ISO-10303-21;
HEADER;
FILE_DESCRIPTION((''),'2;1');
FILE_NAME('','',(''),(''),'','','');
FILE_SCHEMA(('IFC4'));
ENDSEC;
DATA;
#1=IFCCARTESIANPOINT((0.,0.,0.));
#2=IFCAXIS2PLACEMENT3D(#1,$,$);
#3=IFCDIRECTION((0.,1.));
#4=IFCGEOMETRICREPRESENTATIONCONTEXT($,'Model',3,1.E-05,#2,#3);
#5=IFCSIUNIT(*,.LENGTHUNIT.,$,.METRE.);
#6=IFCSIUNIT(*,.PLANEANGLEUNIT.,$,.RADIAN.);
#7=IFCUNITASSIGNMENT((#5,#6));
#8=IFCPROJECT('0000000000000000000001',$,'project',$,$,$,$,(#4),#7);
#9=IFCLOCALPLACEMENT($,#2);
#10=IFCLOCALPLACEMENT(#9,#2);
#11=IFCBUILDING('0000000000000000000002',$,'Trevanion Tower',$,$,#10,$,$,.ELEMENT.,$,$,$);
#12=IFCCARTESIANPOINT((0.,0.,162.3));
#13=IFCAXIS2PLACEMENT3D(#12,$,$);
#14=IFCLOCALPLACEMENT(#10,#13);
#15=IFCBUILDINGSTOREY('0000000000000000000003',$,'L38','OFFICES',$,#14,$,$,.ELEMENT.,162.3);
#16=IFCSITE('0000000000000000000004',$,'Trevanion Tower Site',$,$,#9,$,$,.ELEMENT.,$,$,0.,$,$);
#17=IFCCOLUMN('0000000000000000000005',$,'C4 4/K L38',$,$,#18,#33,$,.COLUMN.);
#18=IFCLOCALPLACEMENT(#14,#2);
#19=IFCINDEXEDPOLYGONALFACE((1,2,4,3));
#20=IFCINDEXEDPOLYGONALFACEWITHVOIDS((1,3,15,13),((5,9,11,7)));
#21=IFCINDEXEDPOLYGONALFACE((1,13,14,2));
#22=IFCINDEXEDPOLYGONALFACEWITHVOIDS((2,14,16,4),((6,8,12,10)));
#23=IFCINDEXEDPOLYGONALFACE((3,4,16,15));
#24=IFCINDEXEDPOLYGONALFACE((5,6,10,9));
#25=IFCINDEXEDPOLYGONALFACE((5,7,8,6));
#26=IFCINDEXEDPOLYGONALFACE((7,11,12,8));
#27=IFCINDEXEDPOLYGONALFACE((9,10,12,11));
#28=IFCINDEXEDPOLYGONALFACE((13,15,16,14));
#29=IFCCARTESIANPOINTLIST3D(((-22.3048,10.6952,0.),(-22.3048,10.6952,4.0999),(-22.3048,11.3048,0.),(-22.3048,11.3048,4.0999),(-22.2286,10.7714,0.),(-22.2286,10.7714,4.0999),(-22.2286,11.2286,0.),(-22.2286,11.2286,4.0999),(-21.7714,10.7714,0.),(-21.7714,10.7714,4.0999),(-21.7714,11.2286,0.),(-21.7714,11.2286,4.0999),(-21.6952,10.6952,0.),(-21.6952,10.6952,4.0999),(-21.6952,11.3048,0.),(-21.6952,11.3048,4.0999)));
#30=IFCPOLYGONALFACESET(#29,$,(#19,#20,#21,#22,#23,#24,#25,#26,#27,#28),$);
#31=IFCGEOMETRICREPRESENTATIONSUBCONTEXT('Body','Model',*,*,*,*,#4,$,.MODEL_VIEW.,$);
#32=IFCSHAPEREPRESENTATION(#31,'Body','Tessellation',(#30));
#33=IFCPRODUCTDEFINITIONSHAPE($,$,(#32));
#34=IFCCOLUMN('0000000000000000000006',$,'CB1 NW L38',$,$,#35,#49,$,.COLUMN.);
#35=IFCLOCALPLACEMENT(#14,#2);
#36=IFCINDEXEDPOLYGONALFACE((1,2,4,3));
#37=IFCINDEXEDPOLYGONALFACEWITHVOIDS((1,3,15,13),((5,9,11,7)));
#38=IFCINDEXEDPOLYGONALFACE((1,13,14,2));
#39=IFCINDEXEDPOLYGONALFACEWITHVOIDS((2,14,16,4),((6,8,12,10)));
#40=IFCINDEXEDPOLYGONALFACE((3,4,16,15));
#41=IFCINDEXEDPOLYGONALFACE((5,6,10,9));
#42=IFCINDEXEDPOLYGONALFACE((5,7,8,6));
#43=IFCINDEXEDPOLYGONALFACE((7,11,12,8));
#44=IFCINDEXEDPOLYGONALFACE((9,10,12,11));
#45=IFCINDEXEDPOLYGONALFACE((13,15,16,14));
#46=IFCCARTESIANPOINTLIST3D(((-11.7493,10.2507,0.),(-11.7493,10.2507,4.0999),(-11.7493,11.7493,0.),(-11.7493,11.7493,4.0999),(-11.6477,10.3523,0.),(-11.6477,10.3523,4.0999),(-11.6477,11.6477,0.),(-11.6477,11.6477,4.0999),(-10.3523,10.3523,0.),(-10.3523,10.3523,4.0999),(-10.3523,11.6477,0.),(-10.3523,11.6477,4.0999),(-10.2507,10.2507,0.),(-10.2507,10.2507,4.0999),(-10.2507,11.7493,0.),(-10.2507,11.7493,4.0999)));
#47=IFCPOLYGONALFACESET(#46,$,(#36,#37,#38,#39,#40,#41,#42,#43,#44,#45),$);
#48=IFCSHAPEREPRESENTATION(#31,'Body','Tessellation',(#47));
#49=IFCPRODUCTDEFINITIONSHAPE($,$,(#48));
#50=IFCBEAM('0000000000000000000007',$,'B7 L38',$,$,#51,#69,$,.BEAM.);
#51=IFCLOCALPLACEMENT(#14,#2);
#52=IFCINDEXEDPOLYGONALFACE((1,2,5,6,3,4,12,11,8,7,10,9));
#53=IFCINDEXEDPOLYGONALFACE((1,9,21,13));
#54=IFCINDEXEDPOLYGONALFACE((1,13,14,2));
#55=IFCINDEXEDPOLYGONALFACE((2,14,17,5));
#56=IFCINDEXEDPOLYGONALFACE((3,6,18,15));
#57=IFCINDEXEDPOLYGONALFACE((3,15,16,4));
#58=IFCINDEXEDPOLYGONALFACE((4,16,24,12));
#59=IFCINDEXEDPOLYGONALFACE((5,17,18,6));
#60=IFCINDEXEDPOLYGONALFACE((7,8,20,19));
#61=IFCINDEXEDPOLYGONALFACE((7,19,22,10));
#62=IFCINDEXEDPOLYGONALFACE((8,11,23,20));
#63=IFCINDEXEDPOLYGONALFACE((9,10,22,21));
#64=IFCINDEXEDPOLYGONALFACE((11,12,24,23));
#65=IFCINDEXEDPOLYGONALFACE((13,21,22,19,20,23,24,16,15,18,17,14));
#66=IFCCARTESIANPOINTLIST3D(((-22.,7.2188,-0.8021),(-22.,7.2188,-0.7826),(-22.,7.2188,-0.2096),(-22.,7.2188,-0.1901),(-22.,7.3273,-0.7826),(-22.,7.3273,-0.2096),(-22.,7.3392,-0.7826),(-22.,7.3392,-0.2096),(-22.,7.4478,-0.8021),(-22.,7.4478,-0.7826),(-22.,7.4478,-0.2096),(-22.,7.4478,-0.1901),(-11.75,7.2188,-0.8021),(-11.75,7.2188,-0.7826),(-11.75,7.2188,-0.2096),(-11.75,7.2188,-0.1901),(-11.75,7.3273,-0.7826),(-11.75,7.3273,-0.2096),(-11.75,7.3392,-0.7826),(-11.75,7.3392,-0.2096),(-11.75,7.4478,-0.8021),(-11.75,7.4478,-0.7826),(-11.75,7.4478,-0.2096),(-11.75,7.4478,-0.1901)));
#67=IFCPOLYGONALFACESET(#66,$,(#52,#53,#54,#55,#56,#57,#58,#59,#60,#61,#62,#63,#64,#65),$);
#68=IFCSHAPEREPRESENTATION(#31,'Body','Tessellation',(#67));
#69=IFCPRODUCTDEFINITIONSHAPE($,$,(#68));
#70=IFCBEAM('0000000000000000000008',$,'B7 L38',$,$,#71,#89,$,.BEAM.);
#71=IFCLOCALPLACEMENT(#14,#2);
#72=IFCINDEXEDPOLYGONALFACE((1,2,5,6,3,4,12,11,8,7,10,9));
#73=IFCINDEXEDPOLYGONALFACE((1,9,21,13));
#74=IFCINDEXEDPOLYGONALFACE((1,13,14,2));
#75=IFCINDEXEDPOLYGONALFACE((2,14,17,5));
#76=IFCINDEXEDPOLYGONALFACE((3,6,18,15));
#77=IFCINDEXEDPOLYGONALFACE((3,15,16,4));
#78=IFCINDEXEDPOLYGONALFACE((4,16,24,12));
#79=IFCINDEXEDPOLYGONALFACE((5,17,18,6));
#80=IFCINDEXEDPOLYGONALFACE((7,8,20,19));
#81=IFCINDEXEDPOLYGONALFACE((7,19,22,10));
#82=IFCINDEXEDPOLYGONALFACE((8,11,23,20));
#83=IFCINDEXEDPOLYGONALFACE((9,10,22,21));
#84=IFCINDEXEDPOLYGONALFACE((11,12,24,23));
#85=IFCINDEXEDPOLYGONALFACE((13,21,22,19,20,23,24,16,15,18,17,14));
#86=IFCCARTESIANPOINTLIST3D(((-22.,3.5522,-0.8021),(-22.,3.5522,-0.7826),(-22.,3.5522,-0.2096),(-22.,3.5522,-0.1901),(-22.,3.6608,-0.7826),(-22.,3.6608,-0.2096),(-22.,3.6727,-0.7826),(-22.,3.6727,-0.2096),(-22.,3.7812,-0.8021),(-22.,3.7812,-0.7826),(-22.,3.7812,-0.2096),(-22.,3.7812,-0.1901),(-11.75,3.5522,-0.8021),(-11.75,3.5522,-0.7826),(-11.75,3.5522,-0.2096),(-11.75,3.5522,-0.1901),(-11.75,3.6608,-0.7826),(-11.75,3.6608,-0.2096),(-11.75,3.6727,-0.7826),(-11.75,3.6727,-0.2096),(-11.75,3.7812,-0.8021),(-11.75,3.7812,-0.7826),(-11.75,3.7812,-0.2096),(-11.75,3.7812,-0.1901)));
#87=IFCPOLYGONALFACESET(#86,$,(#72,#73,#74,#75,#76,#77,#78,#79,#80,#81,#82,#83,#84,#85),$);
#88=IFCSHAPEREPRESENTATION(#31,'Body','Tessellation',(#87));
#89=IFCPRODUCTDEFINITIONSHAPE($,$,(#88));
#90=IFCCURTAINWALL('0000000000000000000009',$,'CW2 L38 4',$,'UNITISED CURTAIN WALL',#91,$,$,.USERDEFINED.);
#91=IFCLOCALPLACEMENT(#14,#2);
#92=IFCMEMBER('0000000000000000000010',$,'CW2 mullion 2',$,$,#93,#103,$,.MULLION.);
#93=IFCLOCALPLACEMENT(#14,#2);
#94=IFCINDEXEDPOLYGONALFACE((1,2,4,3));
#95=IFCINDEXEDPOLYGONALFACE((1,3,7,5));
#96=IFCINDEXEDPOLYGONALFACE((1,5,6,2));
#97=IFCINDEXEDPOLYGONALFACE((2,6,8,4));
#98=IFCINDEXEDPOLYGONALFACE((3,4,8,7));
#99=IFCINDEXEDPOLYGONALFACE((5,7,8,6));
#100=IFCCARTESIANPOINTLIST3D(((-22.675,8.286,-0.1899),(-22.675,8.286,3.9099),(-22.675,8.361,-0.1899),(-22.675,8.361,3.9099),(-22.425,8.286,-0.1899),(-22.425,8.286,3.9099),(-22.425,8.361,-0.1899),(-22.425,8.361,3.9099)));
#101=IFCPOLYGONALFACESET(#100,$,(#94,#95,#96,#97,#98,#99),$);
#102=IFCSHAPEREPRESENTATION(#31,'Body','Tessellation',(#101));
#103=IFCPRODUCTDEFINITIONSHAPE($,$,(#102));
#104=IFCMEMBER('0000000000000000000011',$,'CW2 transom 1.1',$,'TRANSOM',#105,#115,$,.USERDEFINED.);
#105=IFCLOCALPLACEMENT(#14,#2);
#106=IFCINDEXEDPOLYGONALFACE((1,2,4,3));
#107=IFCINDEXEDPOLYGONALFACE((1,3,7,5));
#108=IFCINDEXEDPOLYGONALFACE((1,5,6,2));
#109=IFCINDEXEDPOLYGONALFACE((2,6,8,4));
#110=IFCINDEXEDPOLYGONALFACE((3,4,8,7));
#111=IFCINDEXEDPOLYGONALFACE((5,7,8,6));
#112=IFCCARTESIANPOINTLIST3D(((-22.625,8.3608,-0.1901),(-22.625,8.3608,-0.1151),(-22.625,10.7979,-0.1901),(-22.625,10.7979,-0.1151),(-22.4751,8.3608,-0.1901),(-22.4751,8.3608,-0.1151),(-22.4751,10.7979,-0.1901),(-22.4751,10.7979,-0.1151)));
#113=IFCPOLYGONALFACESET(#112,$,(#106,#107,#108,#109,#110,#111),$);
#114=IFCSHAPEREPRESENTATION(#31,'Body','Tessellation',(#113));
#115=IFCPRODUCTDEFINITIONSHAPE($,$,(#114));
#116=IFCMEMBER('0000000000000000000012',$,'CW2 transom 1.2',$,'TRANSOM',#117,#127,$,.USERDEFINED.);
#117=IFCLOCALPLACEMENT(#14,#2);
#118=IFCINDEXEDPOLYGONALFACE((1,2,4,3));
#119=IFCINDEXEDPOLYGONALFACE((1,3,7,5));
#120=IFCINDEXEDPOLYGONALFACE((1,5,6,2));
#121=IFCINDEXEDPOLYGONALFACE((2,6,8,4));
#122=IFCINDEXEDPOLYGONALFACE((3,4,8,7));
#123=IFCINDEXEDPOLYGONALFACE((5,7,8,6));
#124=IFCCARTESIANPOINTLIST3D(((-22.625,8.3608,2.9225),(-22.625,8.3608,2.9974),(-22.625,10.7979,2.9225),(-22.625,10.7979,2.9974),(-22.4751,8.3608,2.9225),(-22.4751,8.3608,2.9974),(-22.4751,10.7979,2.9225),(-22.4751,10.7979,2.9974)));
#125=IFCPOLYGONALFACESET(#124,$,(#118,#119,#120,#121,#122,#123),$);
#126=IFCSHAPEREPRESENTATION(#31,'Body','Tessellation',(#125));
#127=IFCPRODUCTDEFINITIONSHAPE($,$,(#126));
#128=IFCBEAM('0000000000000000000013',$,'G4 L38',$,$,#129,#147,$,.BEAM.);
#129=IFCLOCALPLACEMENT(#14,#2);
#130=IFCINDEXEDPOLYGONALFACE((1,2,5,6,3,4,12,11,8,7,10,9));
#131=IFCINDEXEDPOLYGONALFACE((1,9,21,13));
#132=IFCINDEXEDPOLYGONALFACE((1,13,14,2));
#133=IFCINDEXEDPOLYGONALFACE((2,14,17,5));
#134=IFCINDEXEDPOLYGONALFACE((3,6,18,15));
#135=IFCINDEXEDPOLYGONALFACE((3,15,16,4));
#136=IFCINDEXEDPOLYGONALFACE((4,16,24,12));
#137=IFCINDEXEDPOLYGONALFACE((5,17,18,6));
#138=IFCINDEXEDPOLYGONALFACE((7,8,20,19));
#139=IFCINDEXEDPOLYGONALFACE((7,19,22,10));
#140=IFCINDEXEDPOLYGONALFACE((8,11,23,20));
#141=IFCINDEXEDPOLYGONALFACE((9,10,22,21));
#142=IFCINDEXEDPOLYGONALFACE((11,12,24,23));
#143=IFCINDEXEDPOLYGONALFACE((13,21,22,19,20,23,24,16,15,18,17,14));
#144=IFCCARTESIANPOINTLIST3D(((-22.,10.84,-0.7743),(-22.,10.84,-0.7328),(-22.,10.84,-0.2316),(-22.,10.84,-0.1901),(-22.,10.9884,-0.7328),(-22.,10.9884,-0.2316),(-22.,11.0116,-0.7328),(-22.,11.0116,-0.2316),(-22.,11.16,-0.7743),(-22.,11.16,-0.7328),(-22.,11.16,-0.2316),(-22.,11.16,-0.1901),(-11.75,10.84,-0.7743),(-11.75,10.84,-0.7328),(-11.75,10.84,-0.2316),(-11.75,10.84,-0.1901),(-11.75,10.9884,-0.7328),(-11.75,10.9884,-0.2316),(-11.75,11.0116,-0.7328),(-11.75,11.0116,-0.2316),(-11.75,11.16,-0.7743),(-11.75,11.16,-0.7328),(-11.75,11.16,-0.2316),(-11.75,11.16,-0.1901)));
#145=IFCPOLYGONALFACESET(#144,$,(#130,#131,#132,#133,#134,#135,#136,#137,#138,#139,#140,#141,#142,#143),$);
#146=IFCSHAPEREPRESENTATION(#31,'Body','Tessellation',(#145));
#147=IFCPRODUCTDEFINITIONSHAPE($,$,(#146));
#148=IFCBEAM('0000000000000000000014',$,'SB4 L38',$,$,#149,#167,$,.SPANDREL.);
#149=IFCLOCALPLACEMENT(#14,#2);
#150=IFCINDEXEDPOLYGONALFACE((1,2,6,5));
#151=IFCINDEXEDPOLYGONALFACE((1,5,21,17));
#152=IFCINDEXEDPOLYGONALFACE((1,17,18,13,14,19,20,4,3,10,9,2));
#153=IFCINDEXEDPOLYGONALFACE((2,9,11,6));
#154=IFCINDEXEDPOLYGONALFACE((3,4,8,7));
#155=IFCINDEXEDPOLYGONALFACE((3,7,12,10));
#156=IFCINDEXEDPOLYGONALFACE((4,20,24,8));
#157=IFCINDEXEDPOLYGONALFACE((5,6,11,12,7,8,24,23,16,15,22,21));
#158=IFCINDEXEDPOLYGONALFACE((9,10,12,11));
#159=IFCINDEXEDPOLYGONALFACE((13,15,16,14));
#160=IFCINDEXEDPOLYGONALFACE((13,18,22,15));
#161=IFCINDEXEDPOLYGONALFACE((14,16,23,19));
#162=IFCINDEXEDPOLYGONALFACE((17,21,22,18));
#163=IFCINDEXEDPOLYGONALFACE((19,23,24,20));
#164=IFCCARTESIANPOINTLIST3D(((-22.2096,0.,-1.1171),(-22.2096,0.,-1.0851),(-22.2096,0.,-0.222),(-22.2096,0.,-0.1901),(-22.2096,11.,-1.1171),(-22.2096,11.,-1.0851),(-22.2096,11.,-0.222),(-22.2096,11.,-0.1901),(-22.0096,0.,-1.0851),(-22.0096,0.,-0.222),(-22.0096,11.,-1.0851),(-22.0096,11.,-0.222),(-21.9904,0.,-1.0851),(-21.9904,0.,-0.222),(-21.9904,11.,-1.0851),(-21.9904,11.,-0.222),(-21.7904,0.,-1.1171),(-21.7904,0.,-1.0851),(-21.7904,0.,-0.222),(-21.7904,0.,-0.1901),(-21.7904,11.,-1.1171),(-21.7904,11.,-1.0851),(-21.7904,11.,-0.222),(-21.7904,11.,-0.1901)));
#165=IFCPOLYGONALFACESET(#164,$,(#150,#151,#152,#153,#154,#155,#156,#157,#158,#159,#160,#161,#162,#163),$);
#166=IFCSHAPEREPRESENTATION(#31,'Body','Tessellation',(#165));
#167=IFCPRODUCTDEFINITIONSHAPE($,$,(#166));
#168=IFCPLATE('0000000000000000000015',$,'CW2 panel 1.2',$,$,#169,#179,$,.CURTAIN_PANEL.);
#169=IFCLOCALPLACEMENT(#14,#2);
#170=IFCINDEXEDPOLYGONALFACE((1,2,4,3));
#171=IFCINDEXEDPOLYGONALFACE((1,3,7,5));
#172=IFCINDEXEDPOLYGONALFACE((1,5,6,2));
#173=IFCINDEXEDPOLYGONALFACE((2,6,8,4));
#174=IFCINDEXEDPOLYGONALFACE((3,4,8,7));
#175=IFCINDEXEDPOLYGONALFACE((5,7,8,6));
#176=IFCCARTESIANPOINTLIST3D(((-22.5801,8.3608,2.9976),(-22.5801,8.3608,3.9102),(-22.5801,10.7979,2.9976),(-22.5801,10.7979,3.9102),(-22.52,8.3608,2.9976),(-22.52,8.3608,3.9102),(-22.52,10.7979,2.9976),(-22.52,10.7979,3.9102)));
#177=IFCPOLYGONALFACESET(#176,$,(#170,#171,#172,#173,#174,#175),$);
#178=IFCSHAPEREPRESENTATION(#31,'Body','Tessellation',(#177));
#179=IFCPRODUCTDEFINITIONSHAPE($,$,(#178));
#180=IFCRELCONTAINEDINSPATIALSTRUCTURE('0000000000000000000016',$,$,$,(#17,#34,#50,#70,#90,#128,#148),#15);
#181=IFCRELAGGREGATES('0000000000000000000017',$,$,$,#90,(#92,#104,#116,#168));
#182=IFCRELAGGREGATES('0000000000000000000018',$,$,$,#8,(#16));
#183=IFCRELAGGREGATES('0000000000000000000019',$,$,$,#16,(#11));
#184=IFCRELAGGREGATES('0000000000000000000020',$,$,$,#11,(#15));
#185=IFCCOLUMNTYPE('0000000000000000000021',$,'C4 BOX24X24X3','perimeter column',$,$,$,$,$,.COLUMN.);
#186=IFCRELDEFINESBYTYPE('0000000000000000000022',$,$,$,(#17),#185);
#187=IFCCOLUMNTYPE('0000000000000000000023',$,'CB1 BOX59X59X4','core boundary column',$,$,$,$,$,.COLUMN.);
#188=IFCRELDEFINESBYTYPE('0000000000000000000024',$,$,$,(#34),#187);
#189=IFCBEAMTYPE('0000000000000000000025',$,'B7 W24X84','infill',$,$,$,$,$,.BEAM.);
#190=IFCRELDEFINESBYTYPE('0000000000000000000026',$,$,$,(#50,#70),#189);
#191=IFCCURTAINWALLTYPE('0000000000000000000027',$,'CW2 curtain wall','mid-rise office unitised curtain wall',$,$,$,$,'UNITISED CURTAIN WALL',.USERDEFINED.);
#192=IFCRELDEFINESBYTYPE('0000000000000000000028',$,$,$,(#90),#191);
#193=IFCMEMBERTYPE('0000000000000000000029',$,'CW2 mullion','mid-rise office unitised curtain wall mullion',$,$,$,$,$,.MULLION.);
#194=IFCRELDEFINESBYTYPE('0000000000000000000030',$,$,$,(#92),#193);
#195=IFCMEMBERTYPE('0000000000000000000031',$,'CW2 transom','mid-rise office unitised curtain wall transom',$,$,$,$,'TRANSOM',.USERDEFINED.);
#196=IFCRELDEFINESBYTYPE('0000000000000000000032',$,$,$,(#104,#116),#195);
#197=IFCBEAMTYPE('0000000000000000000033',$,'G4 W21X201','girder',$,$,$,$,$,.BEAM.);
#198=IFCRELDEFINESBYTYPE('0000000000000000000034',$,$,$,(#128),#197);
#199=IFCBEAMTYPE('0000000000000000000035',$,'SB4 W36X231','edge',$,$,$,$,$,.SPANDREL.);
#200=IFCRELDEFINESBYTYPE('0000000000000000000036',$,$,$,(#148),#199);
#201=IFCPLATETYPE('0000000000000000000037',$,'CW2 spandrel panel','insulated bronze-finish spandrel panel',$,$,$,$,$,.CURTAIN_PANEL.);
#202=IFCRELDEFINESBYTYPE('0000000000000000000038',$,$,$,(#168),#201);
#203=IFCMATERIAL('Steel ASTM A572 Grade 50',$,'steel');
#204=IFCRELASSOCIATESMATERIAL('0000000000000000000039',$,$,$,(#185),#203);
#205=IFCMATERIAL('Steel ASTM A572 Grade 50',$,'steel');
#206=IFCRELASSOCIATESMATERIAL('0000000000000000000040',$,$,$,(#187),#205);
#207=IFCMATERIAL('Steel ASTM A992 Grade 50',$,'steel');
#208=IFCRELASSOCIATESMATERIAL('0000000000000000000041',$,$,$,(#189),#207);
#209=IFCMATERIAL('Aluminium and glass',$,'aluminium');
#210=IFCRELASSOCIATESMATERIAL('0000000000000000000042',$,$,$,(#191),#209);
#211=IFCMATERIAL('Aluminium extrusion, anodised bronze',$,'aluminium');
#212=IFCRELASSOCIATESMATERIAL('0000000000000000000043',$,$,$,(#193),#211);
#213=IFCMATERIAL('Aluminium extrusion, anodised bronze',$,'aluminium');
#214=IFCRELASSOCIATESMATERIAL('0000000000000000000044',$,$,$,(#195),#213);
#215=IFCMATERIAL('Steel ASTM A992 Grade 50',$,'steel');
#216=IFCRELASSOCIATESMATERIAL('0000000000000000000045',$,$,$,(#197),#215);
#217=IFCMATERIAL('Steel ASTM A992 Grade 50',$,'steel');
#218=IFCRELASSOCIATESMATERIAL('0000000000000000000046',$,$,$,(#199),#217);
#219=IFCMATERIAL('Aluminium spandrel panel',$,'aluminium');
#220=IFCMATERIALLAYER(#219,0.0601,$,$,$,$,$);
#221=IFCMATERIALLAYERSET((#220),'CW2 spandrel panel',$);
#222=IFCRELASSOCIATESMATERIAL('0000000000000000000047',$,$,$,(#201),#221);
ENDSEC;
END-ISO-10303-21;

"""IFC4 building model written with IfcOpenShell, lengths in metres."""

from ifc_helpers import new_model, si_unit, direction, frame, origin, origin_2d, place, context, subcontext, project, spatial, rectangle, hollow_rectangle, i_section, extrude, material, layer, layer_set, material_profile, profile_set, type_object, element, aggregate, save


model = new_model("IFC4")

# Units and contexts
model_context = context("Model", 3, precision=1e-05, world=origin(), true_north=direction((0.0, 1.0)))
body_context = subcontext(model_context, "Body", "Model", "MODEL_VIEW")
ifc_project = project(units=[si_unit("LENGTHUNIT", "METRE"), si_unit("PLANEANGLEUNIT", "RADIAN")], contexts=[model_context])

# Site, building, storey
site_placement = place(None, origin())
site = spatial("IfcSite", under=ifc_project, at=site_placement, Name="Trevanion Tower Site", CompositionType="ELEMENT", RefElevation=0.0)
building_placement = place(site_placement, origin())
building = spatial("IfcBuilding", under=site, at=building_placement, Name="Trevanion Tower", CompositionType="ELEMENT")
storey_placement = place(building_placement, frame((0.0, 0.0, 162.3)))
storey = spatial("IfcBuildingStorey", under=building, at=storey_placement, Name="L38", Description="OFFICES", CompositionType="ELEMENT", Elevation=162.3)

# Columns
ifc_material_1 = material(Name="Steel ASTM A572 Grade 50", Category="steel")
ifc_material_profile_1 = material_profile(ifc_material_1, hollow_rectangle(XDim=0.6096, YDim=0.6096, WallThickness=0.0762, at=origin_2d()), Name="BOX24X24X3")
ifc_profile_set_1 = profile_set([ifc_material_profile_1], Name="Steel ASTM A572 Grade 50")
column_type_1 = type_object("IfcColumnType", Name="C4 BOX24X24X3", Description="perimeter column", PredefinedType="COLUMN", material=ifc_profile_set_1)
column_1_placement = place(storey_placement, frame((-22.0, 11.0, 0.0), z_axis=(0.0, 0.0, 1.0), x_axis=(0.0, 1.0, 0.0)))
element("IfcColumn", 1, at=column_1_placement, inside=storey, type_object=column_type_1, Name="C4 4/K L38", PredefinedType="COLUMN", context=body_context, shape_type="SweptSolid", body=[
    extrude(hollow_rectangle(XDim=0.6096, YDim=0.6096, WallThickness=0.0762, at=origin_2d()), origin(), (0.0, 0.0, 1.0), 4.0999),
])
ifc_material_2 = material(Name="Steel ASTM A572 Grade 50", Category="steel")
ifc_material_profile_2 = material_profile(ifc_material_2, hollow_rectangle(XDim=1.4985, YDim=1.4985, WallThickness=0.1016, at=origin_2d()), Name="BOX59X59X4")
ifc_profile_set_2 = profile_set([ifc_material_profile_2], Name="Steel ASTM A572 Grade 50")
column_type_2 = type_object("IfcColumnType", Name="CB1 BOX59X59X4", Description="core boundary column", PredefinedType="COLUMN", material=ifc_profile_set_2)
column_2_placement = place(storey_placement, frame((-11.0, 11.0, 0.0), z_axis=(0.0, 0.0, 1.0), x_axis=(1.0, 0.0, 0.0)))
element("IfcColumn", 2, at=column_2_placement, inside=storey, type_object=column_type_2, Name="CB1 NW L38", PredefinedType="COLUMN", context=body_context, shape_type="SweptSolid", body=[
    extrude(hollow_rectangle(XDim=1.4985, YDim=1.4985, WallThickness=0.1016, at=origin_2d()), origin(), (0.0, 0.0, 1.0), 4.0999),
])

# Beams
ifc_material_3 = material(Name="Steel ASTM A992 Grade 50", Category="steel")
ifc_material_profile_3 = material_profile(ifc_material_3, i_section(OverallWidth=0.229, OverallDepth=0.6121, WebThickness=0.012, FlangeThickness=0.0195, at=origin_2d()), Name="W24X84")
ifc_profile_set_3 = profile_set([ifc_material_profile_3], Name="Steel ASTM A992 Grade 50")
beam_type_1 = type_object("IfcBeamType", Name="B7 W24X84", Description="infill", PredefinedType="BEAM", material=ifc_profile_set_3)
for number, where, z_axis, x_axis, name in (
    (3, (-11.75, 7.3333, -0.4961), (-1.0, 0.0, 0.0), (0.0, -1.0, 0.0), "B7 L38"),
    (4, (-11.75, 3.6667, -0.4961), (-1.0, 0.0, 0.0), (0.0, -1.0, 0.0), "B7 L38"),
):
    element("IfcBeam", number, at=place(storey_placement, frame(where, z_axis=z_axis, x_axis=x_axis)), inside=storey, type_object=beam_type_1, Name=name, PredefinedType="BEAM", context=body_context, shape_type="SweptSolid", body=[
        extrude(i_section(OverallWidth=0.229, OverallDepth=0.6121, WebThickness=0.012, FlangeThickness=0.0195, at=origin_2d()), origin(), (0.0, 0.0, 1.0), 10.25),
    ])

# Curtain wall, members
ifc_material_4 = material(Name="Aluminium and glass", Category="aluminium")
curtain_wall_type = type_object("IfcCurtainWallType", Name="CW2 curtain wall", Description="mid-rise office unitised curtain wall", ElementType="UNITISED CURTAIN WALL", PredefinedType="USERDEFINED", material=ifc_material_4)
curtain_wall_placement = place(storey_placement, origin())
curtain_wall = element("IfcCurtainWall", 5, at=curtain_wall_placement, inside=storey, type_object=curtain_wall_type, Name="CW2 L38 4", ObjectType="UNITISED CURTAIN WALL", PredefinedType="USERDEFINED")
ifc_material_5 = material(Name="Aluminium extrusion, anodised bronze", Category="aluminium")
ifc_material_profile_4 = material_profile(ifc_material_5, rectangle(XDim=0.075, YDim=0.25, at=origin_2d()), Name="CW2 mullion")
ifc_profile_set_4 = profile_set([ifc_material_profile_4], Name="Aluminium extrusion, anodised bronze")
member_type_1 = type_object("IfcMemberType", Name="CW2 mullion", Description="mid-rise office unitised curtain wall mullion", PredefinedType="MULLION", material=ifc_profile_set_4)
member_1_placement = place(storey_placement, frame((-22.55, 8.3235, -0.1899), z_axis=(0.0, 0.0, 1.0), x_axis=(0.0, -1.0, 0.0)))
member_1 = element("IfcMember", 6, at=member_1_placement, type_object=member_type_1, Name="CW2 mullion 2", PredefinedType="MULLION", context=body_context, shape_type="SweptSolid", body=[
    extrude(rectangle(XDim=0.075, YDim=0.25, at=origin_2d()), origin(), (0.0, 0.0, 1.0), 4.0999),
])
ifc_material_6 = material(Name="Aluminium extrusion, anodised bronze", Category="aluminium")
ifc_material_profile_5 = material_profile(ifc_material_6, rectangle(XDim=0.1499, YDim=0.075, at=origin_2d()), Name="CW2 transom")
ifc_profile_set_5 = profile_set([ifc_material_profile_5], Name="Aluminium extrusion, anodised bronze")
member_type_2 = type_object("IfcMemberType", Name="CW2 transom", Description="mid-rise office unitised curtain wall transom", ElementType="TRANSOM", PredefinedType="USERDEFINED", material=ifc_profile_set_5)
member_2_placement = place(storey_placement, frame((-22.55, 10.7979, -0.1526), z_axis=(0.0, -1.0, 0.0), x_axis=(1.0, 0.0, 0.0)))
member_2 = element("IfcMember", 7, at=member_2_placement, type_object=member_type_2, Name="CW2 transom 1.1", ObjectType="TRANSOM", PredefinedType="USERDEFINED", context=body_context, shape_type="SweptSolid", body=[
    extrude(rectangle(XDim=0.1499, YDim=0.075, at=origin_2d()), origin(), (0.0, 0.0, 1.0), 2.437),
])
member_3_placement = place(storey_placement, frame((-22.55, 10.7979, 2.96), z_axis=(0.0, -1.0, 0.0), x_axis=(1.0, 0.0, 0.0)))
member_3 = element("IfcMember", 8, at=member_3_placement, type_object=member_type_2, Name="CW2 transom 1.2", ObjectType="TRANSOM", PredefinedType="USERDEFINED", context=body_context, shape_type="SweptSolid", body=[
    extrude(rectangle(XDim=0.1499, YDim=0.075, at=origin_2d()), origin(), (0.0, 0.0, 1.0), 2.437),
])

# Beams
ifc_material_7 = material(Name="Steel ASTM A992 Grade 50", Category="steel")
ifc_material_profile_6 = material_profile(ifc_material_7, i_section(OverallWidth=0.3201, OverallDepth=0.5842, WebThickness=0.0232, FlangeThickness=0.0415, at=origin_2d()), Name="W21X201")
ifc_profile_set_6 = profile_set([ifc_material_profile_6], Name="Steel ASTM A992 Grade 50")
beam_type_2 = type_object("IfcBeamType", Name="G4 W21X201", Description="girder", PredefinedType="BEAM", material=ifc_profile_set_6)
beam_1_placement = place(storey_placement, frame((-11.75, 11.0, -0.4822), z_axis=(-1.0, 0.0, 0.0), x_axis=(0.0, -1.0, 0.0)))
element("IfcBeam", 9, at=beam_1_placement, inside=storey, type_object=beam_type_2, Name="G4 L38", PredefinedType="BEAM", context=body_context, shape_type="SweptSolid", body=[
    extrude(i_section(OverallWidth=0.3201, OverallDepth=0.5842, WebThickness=0.0232, FlangeThickness=0.0415, at=origin_2d()), origin(), (0.0, 0.0, 1.0), 10.25),
])
ifc_material_8 = material(Name="Steel ASTM A992 Grade 50", Category="steel")
ifc_material_profile_7 = material_profile(ifc_material_8, i_section(OverallWidth=0.4192, OverallDepth=0.927, WebThickness=0.0193, FlangeThickness=0.032, at=origin_2d()), Name="W36X231")
ifc_profile_set_7 = profile_set([ifc_material_profile_7], Name="Steel ASTM A992 Grade 50")
beam_type_3 = type_object("IfcBeamType", Name="SB4 W36X231", Description="edge", PredefinedType="SPANDREL", material=ifc_profile_set_7)
beam_2_placement = place(storey_placement, frame((-22.0, 11.0, -0.6536), z_axis=(0.0, -1.0, 0.0), x_axis=(1.0, 0.0, 0.0)))
element("IfcBeam", 10, at=beam_2_placement, inside=storey, type_object=beam_type_3, Name="SB4 L38", PredefinedType="SPANDREL", context=body_context, shape_type="SweptSolid", body=[
    extrude(i_section(OverallWidth=0.4192, OverallDepth=0.927, WebThickness=0.0193, FlangeThickness=0.032, at=origin_2d()), origin(), (0.0, 0.0, 1.0), 11.0),
])

# Plate
ifc_material_9 = material(Name="Aluminium spandrel panel", Category="aluminium")
ifc_layer_1 = layer(ifc_material_9, 0.0601)
ifc_layer_set_1 = layer_set([ifc_layer_1], Name="CW2 spandrel panel")
plate_type_1 = type_object("IfcPlateType", Name="CW2 spandrel panel", Description="insulated bronze-finish spandrel panel", PredefinedType="CURTAIN_PANEL", material=ifc_layer_set_1)
plate_1_placement = place(storey_placement, frame((-22.55, 9.5793, 2.9976), z_axis=(0.0, 0.0, 1.0), x_axis=(0.0, -1.0, 0.0)))
plate_1 = element("IfcPlate", 11, at=plate_1_placement, type_object=plate_type_1, Name="CW2 panel 1.2", PredefinedType="CURTAIN_PANEL", context=body_context, shape_type="SweptSolid", body=[
    extrude(rectangle(XDim=2.437, YDim=0.0601, at=origin_2d()), origin(), (0.0, 0.0, 1.0), 0.9126),
])
aggregate(curtain_wall, [member_1, member_2, member_3, plate_1])

save(model, "model.ifc")
